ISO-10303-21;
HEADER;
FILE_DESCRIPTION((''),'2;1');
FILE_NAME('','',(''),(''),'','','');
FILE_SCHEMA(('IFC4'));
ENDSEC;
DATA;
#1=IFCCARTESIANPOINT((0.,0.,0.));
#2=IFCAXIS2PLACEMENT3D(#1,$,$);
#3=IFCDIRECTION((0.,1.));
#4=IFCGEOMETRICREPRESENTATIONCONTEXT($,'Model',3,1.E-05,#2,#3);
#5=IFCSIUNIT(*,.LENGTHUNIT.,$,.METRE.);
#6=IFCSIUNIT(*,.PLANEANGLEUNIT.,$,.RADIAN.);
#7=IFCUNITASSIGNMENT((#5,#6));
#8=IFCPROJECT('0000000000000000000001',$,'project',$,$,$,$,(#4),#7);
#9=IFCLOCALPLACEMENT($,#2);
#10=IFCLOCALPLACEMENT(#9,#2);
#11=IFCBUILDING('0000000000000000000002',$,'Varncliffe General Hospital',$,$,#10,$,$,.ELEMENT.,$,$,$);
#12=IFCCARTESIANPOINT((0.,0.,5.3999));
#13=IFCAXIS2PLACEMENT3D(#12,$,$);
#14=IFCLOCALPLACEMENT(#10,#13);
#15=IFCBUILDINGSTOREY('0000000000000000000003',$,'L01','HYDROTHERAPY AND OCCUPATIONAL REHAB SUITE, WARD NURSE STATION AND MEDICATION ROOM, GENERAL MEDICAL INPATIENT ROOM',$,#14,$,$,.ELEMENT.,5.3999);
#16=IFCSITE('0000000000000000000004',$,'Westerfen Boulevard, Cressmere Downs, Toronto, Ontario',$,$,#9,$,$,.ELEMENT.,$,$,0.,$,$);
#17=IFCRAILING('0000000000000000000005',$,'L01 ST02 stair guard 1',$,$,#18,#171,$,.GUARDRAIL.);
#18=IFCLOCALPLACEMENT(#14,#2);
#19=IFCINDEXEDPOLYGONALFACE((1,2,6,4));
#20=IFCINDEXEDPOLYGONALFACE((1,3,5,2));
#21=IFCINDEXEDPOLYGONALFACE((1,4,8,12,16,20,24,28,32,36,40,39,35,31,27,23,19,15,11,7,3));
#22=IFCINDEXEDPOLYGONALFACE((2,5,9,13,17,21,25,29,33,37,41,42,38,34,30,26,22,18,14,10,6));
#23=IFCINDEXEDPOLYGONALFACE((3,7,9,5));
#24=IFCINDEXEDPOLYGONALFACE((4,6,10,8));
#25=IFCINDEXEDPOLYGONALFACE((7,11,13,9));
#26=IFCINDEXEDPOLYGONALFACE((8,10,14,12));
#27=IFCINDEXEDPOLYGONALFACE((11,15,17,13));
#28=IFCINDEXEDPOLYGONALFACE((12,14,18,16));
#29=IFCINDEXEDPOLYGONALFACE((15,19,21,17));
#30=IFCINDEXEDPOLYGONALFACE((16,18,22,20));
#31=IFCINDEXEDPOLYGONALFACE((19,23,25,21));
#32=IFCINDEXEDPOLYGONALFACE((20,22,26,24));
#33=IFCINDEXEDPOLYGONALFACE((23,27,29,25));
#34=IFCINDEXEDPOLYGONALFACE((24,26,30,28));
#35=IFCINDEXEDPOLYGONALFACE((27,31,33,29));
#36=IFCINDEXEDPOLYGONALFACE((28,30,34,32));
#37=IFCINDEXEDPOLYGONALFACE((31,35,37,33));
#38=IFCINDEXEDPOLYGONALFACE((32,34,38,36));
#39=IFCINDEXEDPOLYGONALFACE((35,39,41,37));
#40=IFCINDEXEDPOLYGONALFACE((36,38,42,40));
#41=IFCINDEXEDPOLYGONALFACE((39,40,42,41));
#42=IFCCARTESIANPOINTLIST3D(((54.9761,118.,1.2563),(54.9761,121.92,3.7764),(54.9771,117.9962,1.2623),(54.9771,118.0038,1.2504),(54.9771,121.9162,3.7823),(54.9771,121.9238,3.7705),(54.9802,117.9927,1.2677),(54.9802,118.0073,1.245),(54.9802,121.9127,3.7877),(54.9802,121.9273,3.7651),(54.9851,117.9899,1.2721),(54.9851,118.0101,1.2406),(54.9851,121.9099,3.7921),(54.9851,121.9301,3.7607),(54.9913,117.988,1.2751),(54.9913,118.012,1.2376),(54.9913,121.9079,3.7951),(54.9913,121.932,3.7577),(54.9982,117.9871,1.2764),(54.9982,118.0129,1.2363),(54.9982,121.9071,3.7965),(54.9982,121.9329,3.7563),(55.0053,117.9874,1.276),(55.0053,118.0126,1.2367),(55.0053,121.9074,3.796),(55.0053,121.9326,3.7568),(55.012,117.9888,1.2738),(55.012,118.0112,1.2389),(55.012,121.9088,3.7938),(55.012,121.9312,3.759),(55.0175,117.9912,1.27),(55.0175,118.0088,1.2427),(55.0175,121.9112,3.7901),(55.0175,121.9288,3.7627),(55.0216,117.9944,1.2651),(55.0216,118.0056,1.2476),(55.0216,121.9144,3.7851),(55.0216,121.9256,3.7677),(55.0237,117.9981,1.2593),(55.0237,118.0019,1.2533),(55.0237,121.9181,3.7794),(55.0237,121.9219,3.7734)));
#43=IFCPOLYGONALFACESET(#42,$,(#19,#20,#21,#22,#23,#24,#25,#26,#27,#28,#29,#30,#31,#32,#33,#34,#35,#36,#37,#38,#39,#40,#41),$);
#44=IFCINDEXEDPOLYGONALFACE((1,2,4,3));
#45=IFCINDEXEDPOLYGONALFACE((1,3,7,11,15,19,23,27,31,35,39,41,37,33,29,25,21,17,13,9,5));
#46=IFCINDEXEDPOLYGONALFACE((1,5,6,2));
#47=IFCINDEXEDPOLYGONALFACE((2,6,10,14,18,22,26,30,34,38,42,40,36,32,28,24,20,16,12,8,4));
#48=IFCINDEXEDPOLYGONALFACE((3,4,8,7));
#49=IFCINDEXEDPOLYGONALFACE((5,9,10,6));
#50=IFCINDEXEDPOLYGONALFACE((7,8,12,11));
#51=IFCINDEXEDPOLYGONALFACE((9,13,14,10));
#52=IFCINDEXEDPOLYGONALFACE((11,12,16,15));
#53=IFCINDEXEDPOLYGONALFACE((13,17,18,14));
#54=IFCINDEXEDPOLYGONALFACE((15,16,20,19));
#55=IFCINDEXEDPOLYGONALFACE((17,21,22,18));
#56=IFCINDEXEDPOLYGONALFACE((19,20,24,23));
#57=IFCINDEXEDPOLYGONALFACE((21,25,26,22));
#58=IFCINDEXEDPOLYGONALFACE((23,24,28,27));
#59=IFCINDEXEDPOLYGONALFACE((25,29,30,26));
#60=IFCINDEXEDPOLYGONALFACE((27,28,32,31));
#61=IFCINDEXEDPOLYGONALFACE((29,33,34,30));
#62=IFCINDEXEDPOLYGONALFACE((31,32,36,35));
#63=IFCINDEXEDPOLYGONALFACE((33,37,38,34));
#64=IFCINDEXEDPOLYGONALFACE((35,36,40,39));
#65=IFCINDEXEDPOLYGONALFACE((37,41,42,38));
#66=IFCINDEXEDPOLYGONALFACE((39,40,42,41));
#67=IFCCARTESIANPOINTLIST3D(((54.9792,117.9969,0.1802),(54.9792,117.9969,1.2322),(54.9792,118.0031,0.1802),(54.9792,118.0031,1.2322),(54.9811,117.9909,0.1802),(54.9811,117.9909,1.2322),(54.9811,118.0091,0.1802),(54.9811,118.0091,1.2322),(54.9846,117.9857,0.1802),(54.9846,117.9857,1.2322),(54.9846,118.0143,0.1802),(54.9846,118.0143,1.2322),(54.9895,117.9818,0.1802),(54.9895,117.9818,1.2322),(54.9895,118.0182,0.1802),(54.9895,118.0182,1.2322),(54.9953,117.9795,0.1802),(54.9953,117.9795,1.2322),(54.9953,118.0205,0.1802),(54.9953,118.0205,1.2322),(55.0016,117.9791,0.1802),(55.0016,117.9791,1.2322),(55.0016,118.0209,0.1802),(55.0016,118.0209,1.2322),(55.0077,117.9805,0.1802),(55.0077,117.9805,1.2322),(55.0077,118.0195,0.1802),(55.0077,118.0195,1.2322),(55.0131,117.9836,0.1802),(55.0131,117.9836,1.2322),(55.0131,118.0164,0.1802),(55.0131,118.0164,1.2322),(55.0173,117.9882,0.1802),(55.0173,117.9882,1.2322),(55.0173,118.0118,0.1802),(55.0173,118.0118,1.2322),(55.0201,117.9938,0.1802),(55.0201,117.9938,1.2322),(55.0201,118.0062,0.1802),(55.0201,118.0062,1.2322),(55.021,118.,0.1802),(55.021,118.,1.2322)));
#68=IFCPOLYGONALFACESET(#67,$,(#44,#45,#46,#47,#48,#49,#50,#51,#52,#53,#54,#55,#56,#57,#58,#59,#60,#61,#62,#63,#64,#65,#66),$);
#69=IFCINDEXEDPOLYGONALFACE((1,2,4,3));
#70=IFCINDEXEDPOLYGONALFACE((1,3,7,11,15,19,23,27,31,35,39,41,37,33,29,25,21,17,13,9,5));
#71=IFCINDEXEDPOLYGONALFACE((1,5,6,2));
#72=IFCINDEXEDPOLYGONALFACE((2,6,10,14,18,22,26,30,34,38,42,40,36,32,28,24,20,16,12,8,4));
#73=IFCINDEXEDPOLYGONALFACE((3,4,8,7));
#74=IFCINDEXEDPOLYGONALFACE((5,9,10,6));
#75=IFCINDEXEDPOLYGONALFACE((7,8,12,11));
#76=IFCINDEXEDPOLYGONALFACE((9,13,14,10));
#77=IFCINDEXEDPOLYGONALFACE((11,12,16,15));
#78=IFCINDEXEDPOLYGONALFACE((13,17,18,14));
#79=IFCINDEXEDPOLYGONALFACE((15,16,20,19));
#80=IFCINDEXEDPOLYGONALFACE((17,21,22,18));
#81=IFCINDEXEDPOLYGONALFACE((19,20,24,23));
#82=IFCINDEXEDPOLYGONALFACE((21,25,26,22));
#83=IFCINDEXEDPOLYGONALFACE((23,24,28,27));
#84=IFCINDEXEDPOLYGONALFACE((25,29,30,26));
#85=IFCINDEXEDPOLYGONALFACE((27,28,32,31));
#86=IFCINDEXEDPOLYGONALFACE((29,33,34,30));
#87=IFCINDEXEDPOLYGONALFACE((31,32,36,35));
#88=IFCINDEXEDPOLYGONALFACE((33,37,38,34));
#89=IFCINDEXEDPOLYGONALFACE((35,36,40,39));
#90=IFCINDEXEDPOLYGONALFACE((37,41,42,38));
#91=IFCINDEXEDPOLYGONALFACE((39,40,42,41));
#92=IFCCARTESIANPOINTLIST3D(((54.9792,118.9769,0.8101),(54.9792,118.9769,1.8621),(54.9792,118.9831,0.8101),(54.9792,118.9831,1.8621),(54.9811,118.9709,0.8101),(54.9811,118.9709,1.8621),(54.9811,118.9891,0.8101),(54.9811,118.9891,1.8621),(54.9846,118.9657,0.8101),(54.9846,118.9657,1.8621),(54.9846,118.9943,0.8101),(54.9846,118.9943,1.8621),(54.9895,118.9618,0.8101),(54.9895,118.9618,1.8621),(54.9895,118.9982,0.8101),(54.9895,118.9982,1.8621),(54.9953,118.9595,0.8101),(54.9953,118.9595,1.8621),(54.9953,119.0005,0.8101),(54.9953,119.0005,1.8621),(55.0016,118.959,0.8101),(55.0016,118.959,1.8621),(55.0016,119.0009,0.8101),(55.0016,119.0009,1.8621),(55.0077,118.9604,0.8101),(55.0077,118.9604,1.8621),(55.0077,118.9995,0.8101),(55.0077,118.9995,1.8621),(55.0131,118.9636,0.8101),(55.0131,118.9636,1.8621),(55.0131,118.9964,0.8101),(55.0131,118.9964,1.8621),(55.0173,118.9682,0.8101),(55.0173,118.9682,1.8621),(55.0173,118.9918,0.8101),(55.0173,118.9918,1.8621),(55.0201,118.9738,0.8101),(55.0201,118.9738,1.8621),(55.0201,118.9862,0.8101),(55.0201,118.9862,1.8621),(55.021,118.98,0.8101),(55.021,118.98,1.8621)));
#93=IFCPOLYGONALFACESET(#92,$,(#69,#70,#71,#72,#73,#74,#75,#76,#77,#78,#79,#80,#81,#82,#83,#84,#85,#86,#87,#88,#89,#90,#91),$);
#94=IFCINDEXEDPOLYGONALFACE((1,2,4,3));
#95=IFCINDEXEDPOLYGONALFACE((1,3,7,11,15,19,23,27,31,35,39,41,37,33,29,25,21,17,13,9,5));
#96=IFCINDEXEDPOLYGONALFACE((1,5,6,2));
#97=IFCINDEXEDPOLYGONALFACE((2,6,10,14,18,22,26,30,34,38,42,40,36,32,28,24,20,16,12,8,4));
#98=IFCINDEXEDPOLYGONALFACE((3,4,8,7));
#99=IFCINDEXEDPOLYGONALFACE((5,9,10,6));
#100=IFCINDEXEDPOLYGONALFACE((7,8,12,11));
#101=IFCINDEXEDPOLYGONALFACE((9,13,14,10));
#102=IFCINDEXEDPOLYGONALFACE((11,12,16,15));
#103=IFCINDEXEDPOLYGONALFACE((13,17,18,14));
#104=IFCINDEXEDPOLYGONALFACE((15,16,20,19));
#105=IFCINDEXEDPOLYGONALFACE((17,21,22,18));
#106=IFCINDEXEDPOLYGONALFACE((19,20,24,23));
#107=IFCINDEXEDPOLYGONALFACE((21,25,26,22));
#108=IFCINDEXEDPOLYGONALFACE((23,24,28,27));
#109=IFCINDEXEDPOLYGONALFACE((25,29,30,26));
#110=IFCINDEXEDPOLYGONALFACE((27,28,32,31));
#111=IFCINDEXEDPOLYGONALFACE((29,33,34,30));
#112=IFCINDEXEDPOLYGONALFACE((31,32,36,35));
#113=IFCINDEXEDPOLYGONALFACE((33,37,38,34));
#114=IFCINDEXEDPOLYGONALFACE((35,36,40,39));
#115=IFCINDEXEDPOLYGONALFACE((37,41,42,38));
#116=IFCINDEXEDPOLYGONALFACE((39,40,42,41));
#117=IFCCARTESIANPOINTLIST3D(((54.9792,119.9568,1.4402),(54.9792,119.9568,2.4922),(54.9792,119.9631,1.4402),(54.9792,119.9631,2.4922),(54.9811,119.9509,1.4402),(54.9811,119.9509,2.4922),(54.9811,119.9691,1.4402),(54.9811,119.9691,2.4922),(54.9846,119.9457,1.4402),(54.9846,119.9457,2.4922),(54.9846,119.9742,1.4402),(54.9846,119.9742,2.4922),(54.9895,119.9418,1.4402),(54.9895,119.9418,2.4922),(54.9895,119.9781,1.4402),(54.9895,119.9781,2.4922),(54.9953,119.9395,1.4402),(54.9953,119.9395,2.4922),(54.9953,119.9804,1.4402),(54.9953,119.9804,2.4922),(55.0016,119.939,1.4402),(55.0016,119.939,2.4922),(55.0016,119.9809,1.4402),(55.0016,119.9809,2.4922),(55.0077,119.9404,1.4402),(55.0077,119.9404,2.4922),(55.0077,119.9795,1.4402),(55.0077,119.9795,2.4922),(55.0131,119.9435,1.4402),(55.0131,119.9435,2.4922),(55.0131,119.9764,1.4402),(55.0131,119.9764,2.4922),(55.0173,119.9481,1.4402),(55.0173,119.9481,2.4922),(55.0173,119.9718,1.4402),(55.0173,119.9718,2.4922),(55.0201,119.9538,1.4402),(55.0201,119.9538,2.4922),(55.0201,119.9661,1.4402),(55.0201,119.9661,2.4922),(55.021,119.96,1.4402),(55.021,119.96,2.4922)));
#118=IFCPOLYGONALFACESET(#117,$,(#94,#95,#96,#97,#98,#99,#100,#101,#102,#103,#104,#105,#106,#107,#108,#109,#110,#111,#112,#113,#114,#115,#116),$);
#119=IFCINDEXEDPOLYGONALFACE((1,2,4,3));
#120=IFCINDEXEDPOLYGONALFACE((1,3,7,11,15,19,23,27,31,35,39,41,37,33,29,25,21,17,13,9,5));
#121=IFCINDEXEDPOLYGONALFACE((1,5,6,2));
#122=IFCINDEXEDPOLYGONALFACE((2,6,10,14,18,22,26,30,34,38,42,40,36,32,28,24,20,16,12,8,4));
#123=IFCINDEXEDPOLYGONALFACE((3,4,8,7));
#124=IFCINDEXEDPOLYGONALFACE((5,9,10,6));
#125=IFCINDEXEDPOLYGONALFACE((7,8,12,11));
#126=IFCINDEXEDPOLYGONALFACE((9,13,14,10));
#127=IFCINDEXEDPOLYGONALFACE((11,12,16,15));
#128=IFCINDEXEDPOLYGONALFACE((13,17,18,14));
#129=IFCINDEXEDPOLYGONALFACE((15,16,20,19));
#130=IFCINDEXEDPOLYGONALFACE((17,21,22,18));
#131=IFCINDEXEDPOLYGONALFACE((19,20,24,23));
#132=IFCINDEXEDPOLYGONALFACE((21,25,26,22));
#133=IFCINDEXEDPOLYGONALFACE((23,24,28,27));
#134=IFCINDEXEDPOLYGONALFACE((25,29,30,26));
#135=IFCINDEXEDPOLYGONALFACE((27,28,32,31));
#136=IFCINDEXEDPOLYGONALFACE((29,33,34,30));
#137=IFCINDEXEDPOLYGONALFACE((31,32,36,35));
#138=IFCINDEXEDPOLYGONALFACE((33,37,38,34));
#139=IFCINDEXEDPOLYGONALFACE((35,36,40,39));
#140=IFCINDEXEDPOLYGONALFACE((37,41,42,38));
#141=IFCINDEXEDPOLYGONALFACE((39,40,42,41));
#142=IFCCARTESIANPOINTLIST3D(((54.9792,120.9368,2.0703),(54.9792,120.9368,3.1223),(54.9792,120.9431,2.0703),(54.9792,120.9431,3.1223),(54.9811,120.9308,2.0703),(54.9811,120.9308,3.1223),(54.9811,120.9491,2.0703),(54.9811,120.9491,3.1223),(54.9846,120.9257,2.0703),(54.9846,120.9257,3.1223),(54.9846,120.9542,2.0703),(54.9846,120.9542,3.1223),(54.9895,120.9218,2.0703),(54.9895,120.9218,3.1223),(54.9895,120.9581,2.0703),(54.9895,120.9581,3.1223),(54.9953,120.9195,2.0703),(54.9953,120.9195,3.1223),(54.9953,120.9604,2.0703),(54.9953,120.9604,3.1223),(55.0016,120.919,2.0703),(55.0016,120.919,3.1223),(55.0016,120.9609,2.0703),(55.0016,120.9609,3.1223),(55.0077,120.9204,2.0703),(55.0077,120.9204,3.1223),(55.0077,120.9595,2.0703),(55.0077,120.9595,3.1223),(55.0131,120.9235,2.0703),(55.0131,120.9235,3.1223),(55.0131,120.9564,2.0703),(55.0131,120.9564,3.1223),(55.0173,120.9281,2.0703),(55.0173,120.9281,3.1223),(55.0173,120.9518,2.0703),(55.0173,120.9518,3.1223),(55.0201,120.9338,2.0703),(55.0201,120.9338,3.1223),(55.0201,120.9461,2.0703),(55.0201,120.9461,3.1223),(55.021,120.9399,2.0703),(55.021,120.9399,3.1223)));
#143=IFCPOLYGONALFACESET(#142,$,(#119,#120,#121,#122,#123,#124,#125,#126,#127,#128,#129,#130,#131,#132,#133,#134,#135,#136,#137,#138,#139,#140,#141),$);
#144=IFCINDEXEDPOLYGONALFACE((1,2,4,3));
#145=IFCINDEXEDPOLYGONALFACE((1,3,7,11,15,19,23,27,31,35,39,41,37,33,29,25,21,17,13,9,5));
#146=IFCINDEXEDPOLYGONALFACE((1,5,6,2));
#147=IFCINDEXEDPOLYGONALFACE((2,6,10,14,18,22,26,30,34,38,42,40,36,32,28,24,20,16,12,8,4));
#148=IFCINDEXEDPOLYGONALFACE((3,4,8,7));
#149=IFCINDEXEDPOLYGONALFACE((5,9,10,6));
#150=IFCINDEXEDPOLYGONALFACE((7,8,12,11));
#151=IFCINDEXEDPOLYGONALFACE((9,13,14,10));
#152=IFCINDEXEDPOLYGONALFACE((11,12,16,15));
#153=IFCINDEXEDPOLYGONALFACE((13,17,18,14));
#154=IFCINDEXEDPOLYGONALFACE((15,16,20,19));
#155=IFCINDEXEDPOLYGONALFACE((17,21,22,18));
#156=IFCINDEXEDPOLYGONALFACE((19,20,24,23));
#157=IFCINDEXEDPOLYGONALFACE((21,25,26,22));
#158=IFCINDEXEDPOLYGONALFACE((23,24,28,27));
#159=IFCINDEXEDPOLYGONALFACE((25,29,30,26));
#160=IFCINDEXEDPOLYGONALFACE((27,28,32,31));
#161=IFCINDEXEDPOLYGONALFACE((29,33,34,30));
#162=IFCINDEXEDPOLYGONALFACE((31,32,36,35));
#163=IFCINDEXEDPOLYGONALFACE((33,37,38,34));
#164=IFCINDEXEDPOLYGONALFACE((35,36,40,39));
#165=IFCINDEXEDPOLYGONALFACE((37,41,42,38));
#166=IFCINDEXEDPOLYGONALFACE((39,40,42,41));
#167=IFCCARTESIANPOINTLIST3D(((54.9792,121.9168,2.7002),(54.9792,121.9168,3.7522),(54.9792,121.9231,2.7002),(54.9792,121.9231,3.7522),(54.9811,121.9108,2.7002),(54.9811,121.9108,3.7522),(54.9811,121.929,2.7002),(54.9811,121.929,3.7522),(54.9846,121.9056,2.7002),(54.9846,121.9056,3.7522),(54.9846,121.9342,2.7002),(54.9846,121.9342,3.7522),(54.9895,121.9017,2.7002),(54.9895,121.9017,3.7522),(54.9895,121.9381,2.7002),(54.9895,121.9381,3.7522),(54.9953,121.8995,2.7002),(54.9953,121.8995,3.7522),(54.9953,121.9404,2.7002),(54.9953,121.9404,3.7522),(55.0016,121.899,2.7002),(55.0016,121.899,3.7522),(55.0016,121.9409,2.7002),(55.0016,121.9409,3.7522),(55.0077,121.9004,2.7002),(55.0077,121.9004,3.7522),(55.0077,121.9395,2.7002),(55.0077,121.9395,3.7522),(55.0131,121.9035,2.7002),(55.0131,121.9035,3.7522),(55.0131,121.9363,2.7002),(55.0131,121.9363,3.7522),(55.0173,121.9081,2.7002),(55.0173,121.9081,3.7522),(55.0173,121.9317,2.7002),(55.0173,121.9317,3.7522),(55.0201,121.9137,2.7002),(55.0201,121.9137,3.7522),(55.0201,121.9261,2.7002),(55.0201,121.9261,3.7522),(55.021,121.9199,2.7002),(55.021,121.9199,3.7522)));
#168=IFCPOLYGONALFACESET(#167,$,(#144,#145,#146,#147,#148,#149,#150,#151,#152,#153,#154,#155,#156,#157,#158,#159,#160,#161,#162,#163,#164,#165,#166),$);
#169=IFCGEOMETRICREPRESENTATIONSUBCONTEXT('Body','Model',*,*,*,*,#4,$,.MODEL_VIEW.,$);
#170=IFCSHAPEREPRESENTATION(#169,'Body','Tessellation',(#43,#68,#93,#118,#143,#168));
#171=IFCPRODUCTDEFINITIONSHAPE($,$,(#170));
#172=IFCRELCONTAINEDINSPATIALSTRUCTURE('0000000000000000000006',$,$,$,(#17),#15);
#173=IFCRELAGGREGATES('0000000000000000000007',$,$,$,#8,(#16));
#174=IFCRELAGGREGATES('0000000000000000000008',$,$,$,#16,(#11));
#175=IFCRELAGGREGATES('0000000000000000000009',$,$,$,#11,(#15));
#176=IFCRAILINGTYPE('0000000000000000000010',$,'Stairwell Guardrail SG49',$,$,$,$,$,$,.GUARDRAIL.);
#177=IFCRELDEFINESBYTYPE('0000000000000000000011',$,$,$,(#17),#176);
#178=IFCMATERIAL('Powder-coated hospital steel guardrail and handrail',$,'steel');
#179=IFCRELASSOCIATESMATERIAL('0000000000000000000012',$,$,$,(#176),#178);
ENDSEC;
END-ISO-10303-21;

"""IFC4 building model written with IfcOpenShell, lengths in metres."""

from ifc_helpers import new_model, si_unit, direction, frame, origin, origin_2d, place, context, subcontext, project, spatial, circle, extrude, material, type_object, element, save


model = new_model("IFC4")

# Units and contexts
model_context = context("Model", 3, precision=1e-05, world=origin(), true_north=direction((0.0, 1.0)))
body_context = subcontext(model_context, "Body", "Model", "MODEL_VIEW")
ifc_project = project(units=[si_unit("LENGTHUNIT", "METRE"), si_unit("PLANEANGLEUNIT", "RADIAN")], contexts=[model_context])

# Site, building, storey
site_placement = place(None, origin())
site = spatial("IfcSite", under=ifc_project, at=site_placement, Name="Westerfen Boulevard, Cressmere Downs, Toronto, Ontario", CompositionType="ELEMENT", RefElevation=0.0)
building_placement = place(site_placement, origin())
building = spatial("IfcBuilding", under=site, at=building_placement, Name="Varncliffe General Hospital", CompositionType="ELEMENT")
storey_placement = place(building_placement, frame((0.0, 0.0, 5.3999)))
storey = spatial("IfcBuildingStorey", under=building, at=storey_placement, Name="L01", Description="HYDROTHERAPY AND OCCUPATIONAL REHAB SUITE, WARD NURSE STATION AND MEDICATION ROOM, GENERAL MEDICAL INPATIENT ROOM", CompositionType="ELEMENT", Elevation=5.3999)

# Railing
ifc_material_1 = material(Name="Powder-coated hospital steel guardrail and handrail", Category="steel")
railing_type_1 = type_object("IfcRailingType", Name="Stairwell Guardrail SG49", PredefinedType="GUARDRAIL", material=ifc_material_1)
railing_1_placement = place(storey_placement, frame((55.0, 118.0, 0.1802)))
element("IfcRailing", 1, at=railing_1_placement, inside=storey, type_object=railing_type_1, Name="L01 ST02 stair guard 1", PredefinedType="GUARDRAIL", context=body_context, shape_type="SweptSolid", body=[
    extrude(circle(Radius=0.0239, at=origin_2d()), frame((0.0, 0.0, 1.0762), z_axis=(0.0, 0.841172, 0.540768), x_axis=(-1.0, 0.0, 0.0)), (0.0, 0.0, 1.0), 4.6602),
    extrude(circle(Radius=0.021, at=origin_2d()), origin(), (0.0, 0.0, 1.0), 1.052),
    extrude(circle(Radius=0.021, at=origin_2d()), frame((0.0, 0.98, 0.6299)), (0.0, 0.0, 1.0), 1.052),
    extrude(circle(Radius=0.021, at=origin_2d()), frame((0.0, 1.96, 1.26)), (0.0, 0.0, 1.0), 1.052),
    extrude(circle(Radius=0.021, at=origin_2d()), frame((0.0, 2.9399, 1.8901)), (0.0, 0.0, 1.0), 1.052),
    extrude(circle(Radius=0.021, at=origin_2d()), frame((0.0, 3.9199, 2.52)), (0.0, 0.0, 1.0), 1.052),
])

save(model, "model.ifc")
